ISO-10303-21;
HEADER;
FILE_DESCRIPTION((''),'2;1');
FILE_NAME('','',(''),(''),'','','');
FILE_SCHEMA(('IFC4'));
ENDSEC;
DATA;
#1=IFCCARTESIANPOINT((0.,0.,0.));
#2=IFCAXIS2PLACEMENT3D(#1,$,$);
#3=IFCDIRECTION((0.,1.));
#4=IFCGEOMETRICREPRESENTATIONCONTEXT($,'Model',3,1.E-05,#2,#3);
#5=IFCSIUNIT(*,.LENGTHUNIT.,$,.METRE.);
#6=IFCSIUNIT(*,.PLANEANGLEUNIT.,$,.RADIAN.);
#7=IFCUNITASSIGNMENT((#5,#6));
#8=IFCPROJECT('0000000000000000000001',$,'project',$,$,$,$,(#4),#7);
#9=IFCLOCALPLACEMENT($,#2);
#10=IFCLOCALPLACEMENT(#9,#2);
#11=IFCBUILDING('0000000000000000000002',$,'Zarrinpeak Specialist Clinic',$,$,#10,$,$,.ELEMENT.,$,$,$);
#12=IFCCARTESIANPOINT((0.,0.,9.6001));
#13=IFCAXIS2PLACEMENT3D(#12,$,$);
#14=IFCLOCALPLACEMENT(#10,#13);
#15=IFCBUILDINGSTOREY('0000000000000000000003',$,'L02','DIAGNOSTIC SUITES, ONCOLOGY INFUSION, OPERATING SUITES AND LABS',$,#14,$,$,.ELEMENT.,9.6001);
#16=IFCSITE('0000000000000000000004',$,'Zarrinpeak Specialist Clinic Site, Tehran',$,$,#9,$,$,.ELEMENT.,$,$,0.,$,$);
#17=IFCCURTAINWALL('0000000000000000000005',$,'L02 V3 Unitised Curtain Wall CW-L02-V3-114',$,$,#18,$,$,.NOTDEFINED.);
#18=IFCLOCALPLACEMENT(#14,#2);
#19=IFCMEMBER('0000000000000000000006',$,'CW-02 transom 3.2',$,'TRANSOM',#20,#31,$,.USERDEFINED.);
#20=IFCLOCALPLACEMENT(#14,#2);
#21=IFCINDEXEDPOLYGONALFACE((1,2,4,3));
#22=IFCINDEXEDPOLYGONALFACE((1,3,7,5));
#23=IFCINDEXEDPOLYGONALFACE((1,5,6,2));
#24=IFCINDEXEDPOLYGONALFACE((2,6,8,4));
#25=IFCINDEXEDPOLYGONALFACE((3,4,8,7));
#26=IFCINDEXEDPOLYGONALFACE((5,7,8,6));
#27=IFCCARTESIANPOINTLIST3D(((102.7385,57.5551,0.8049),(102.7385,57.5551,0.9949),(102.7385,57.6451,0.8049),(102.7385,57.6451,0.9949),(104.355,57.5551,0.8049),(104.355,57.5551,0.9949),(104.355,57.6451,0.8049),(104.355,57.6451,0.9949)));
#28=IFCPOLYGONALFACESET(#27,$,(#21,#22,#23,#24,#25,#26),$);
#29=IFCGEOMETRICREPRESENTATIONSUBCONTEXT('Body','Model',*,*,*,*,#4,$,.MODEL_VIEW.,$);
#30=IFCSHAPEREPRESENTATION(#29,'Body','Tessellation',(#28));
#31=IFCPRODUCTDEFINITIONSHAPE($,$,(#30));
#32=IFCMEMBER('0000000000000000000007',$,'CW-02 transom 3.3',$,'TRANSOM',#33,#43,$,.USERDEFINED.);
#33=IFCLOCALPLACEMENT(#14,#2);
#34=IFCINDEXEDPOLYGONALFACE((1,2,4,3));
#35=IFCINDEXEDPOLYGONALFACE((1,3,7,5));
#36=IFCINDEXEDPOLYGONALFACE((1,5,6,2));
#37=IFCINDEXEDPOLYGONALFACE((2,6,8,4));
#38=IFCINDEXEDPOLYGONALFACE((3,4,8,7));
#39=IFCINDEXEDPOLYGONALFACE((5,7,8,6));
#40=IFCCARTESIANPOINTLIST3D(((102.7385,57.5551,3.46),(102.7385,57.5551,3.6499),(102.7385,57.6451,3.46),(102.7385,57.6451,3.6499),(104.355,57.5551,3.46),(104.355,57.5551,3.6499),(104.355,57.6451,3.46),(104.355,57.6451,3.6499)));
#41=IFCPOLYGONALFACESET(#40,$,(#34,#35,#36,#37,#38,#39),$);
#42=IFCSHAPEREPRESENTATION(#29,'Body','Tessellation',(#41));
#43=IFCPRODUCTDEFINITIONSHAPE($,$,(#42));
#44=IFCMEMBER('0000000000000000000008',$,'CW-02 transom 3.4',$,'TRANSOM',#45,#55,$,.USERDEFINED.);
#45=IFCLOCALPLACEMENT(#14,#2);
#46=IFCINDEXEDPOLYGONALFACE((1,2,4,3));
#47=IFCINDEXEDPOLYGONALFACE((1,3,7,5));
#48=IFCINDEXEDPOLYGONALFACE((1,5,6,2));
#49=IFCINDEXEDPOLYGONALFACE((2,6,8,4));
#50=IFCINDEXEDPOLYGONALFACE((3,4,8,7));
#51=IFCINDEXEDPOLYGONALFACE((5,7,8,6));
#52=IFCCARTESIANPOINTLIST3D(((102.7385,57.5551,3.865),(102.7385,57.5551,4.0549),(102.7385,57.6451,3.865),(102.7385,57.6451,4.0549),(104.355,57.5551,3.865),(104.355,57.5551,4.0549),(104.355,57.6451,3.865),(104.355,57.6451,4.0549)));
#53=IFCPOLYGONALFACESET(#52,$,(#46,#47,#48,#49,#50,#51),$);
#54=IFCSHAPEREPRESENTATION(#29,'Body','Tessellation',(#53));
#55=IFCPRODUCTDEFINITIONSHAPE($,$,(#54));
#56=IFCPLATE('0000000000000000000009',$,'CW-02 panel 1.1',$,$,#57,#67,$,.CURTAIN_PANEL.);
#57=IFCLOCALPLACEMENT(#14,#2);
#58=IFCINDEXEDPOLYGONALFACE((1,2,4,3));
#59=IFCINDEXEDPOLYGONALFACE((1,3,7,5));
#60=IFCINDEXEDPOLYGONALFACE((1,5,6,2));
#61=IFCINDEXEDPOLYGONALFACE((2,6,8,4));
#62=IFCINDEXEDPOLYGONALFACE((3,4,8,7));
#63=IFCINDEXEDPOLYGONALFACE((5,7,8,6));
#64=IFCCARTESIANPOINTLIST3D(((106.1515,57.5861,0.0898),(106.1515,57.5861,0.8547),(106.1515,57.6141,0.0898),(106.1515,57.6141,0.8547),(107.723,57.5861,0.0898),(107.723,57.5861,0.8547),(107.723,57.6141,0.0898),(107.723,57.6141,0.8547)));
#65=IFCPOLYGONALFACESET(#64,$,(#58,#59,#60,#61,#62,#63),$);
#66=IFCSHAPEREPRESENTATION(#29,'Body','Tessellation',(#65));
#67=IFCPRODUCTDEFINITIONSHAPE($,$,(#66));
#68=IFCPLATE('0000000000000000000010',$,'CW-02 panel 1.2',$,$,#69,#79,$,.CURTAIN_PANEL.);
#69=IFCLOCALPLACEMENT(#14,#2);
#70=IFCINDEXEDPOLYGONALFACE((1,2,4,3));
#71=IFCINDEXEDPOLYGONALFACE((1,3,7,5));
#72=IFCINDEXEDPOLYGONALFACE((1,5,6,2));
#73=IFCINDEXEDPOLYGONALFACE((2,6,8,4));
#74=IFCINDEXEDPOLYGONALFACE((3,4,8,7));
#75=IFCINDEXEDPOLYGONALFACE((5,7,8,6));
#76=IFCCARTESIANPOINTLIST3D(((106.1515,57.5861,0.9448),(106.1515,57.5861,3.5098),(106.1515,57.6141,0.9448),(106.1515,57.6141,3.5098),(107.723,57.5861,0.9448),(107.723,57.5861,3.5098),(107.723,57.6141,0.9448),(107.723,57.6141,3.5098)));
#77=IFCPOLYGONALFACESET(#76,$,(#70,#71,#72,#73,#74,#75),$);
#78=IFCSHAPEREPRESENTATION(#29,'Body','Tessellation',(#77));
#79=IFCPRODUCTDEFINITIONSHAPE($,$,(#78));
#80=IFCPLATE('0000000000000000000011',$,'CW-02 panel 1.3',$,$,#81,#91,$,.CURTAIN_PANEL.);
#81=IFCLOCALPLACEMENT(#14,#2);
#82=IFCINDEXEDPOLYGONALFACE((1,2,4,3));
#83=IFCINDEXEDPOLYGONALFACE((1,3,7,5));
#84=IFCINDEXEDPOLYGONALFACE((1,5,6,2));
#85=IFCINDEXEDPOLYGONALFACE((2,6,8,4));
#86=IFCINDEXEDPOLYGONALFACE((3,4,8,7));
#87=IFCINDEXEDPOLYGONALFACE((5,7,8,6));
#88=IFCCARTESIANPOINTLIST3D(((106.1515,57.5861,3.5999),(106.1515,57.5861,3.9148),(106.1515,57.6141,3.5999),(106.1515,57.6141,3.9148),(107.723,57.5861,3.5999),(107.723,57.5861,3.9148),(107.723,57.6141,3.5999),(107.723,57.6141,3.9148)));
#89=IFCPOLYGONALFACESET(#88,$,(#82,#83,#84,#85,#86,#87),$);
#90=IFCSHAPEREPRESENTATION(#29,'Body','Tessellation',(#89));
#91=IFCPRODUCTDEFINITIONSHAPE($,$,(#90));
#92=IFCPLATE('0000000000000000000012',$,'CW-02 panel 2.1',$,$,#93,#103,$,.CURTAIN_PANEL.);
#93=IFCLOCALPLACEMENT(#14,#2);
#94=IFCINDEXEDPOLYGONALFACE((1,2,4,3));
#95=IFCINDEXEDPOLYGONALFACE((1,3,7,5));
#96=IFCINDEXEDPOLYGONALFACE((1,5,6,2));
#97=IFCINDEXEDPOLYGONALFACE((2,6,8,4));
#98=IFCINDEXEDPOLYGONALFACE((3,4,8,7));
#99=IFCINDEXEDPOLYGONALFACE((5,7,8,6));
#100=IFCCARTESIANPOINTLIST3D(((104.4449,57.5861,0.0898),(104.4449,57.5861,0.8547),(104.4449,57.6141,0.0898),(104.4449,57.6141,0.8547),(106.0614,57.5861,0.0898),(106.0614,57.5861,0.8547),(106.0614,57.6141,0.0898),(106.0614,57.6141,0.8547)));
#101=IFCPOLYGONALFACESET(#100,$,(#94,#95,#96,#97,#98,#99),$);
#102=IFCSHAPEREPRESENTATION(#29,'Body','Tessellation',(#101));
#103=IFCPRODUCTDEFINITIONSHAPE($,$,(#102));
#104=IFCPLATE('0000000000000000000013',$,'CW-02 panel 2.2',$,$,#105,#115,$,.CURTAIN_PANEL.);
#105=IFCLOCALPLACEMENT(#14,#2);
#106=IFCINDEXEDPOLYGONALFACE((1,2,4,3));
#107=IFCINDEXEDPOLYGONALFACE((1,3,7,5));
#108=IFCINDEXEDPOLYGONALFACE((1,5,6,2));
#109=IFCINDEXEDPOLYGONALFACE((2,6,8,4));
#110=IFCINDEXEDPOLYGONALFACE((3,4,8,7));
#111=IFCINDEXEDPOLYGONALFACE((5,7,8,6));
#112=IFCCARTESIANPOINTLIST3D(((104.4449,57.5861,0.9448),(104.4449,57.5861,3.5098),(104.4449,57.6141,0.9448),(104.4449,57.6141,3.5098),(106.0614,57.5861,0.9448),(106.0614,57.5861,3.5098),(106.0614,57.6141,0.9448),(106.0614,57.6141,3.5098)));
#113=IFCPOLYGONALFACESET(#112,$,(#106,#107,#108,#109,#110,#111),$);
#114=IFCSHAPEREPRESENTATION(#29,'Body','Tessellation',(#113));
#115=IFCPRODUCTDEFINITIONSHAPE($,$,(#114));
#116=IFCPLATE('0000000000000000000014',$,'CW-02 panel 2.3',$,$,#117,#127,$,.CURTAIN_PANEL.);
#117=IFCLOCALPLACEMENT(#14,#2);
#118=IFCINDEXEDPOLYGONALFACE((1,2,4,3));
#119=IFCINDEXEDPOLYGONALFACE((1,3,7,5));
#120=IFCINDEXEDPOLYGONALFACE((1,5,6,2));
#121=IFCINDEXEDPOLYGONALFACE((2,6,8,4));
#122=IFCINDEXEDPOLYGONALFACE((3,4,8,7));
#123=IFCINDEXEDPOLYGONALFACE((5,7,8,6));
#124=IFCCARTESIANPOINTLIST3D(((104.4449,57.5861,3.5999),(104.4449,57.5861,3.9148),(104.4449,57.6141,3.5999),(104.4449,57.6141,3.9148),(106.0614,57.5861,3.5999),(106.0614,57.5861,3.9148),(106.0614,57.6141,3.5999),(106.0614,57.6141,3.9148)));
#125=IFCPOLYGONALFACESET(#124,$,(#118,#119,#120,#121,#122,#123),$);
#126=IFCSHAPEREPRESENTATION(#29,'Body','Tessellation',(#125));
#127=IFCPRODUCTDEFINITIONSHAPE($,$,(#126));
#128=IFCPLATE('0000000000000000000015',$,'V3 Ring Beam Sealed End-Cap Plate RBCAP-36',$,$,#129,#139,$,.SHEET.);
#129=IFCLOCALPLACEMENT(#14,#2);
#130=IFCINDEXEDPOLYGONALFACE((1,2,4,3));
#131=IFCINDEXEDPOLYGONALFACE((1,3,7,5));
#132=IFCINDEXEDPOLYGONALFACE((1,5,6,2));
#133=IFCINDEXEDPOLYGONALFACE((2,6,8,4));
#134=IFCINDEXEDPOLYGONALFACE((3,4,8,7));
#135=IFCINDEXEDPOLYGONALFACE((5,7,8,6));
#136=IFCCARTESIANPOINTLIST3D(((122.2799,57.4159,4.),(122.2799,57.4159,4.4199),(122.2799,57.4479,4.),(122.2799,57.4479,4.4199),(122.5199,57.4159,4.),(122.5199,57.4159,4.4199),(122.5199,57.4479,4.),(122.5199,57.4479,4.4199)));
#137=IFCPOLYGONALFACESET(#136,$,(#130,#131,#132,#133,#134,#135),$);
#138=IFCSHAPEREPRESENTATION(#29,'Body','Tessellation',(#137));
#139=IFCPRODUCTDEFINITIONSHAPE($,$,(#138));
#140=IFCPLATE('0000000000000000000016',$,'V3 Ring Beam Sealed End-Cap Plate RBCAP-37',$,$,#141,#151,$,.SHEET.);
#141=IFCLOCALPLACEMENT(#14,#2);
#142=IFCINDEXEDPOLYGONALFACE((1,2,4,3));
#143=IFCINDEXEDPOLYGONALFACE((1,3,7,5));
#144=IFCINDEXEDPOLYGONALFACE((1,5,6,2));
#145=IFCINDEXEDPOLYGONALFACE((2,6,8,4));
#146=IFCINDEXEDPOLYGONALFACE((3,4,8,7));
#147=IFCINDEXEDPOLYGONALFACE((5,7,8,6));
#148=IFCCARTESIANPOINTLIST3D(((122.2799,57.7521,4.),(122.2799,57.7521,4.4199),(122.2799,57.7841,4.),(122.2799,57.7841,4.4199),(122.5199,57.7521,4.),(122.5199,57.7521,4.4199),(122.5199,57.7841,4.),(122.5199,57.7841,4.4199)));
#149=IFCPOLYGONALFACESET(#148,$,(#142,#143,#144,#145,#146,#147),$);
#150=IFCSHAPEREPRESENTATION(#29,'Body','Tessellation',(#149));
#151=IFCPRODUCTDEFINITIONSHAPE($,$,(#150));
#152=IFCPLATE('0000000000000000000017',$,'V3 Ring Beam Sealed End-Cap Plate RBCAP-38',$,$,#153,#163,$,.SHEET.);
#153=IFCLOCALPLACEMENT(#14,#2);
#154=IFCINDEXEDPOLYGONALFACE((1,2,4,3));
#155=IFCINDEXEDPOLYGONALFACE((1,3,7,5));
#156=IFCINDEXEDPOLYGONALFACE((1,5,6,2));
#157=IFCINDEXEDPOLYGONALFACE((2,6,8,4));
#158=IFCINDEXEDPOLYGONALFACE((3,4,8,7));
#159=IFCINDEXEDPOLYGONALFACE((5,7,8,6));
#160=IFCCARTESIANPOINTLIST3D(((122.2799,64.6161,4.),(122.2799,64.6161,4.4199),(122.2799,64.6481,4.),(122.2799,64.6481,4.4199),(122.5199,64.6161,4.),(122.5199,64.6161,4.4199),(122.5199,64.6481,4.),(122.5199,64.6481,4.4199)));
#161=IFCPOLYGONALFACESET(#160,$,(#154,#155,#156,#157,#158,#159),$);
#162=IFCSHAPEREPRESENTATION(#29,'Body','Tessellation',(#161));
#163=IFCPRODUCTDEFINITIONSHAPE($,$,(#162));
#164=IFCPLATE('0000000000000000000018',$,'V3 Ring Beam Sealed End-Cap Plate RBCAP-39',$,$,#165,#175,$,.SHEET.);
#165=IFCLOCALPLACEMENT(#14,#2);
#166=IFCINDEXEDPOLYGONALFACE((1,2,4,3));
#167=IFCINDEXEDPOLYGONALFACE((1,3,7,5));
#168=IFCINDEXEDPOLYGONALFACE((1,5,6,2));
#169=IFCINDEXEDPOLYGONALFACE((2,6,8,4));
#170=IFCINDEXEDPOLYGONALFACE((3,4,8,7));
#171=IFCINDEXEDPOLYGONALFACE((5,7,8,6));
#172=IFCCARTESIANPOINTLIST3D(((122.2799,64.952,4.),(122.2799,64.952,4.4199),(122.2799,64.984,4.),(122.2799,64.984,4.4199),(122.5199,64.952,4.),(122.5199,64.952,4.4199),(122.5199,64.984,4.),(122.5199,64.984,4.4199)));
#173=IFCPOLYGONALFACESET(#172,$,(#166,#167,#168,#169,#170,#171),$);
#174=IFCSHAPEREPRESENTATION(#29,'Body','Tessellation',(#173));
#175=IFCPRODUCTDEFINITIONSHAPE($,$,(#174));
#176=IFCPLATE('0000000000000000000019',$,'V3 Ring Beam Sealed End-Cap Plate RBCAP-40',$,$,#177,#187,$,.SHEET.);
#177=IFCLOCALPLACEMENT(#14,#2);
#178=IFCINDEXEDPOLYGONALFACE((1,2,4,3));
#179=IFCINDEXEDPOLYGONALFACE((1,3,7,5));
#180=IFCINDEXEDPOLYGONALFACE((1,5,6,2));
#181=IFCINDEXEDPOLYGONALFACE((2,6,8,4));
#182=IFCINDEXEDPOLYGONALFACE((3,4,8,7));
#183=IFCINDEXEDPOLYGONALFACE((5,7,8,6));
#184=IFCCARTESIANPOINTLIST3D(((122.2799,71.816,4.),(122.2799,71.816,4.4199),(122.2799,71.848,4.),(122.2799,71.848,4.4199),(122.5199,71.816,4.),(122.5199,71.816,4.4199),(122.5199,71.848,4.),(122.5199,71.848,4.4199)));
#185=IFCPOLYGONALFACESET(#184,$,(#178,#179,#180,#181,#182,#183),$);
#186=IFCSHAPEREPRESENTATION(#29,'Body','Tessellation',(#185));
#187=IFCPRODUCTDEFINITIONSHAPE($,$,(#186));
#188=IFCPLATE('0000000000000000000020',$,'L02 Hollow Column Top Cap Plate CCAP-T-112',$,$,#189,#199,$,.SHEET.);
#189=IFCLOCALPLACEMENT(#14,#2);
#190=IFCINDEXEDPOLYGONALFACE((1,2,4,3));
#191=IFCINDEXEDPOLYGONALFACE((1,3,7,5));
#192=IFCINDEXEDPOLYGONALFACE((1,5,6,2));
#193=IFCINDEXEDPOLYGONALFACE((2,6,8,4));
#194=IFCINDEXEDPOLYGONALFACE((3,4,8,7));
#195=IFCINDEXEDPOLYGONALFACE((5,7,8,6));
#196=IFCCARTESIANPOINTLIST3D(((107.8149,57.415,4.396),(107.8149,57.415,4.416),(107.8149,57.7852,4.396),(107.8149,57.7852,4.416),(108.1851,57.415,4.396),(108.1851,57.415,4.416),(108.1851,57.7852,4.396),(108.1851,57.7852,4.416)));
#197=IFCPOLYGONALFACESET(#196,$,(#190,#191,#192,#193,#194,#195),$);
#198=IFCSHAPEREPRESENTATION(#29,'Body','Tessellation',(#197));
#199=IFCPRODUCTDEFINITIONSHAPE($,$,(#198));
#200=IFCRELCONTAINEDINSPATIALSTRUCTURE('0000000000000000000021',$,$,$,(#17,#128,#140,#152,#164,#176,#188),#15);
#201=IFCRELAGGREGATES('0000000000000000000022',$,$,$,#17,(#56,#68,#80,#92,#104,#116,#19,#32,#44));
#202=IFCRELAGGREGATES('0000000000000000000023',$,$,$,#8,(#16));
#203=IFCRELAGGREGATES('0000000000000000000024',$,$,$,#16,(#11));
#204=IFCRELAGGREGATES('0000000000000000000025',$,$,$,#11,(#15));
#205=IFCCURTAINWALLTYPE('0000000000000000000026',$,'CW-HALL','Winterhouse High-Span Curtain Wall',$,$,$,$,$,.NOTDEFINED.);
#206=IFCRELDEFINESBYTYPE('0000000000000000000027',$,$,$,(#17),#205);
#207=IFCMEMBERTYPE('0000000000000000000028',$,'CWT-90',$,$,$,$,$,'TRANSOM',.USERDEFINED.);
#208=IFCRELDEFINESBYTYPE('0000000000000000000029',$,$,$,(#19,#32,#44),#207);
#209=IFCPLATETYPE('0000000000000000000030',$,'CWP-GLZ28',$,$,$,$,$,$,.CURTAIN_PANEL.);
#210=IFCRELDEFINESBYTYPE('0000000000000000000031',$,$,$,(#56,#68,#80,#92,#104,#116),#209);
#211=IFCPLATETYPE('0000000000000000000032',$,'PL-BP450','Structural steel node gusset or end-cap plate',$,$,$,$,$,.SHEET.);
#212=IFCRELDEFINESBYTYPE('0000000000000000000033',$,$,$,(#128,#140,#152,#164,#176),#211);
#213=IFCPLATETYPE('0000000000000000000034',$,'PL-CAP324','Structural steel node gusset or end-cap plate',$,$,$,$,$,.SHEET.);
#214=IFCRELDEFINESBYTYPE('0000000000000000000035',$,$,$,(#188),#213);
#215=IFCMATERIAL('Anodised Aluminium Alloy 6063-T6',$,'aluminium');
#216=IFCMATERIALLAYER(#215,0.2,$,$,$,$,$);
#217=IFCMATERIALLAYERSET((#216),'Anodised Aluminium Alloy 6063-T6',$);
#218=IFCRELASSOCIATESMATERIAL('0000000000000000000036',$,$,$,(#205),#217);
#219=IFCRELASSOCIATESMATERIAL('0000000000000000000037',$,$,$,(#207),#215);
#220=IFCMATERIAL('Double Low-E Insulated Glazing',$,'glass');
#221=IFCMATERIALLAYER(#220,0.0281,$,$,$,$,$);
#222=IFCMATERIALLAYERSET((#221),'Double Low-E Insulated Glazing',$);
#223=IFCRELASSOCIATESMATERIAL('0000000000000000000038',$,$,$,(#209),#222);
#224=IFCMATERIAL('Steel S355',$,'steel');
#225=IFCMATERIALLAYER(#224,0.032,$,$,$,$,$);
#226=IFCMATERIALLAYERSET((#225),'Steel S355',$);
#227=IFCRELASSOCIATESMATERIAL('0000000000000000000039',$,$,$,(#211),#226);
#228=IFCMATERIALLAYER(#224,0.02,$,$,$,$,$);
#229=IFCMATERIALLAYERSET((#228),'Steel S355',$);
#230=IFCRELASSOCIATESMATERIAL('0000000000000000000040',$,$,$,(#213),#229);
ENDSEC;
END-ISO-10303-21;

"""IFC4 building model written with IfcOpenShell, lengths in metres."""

from ifc_helpers import new_model, si_unit, direction, frame, origin, origin_2d, place, context, subcontext, project, spatial, rectangle, extrude, material, layer, layer_set, material_profile, profile_set, type_object, element, aggregate, save


model = new_model("IFC4")

# Units and contexts
model_context = context("Model", 3, precision=1e-05, world=origin(), true_north=direction((0.0, 1.0)))
body_context = subcontext(model_context, "Body", "Model", "MODEL_VIEW")
ifc_project = project(units=[si_unit("LENGTHUNIT", "METRE"), si_unit("PLANEANGLEUNIT", "RADIAN")], contexts=[model_context])

# Site, building, storey
site_placement = place(None, origin())
site = spatial("IfcSite", under=ifc_project, at=site_placement, Name="Zarrinpeak Specialist Clinic Site, Tehran", CompositionType="ELEMENT", RefElevation=0.0)
building_placement = place(site_placement, origin())
building = spatial("IfcBuilding", under=site, at=building_placement, Name="Zarrinpeak Specialist Clinic", CompositionType="ELEMENT")
storey_placement = place(building_placement, frame((0.0, 0.0, 9.6001)))
storey = spatial("IfcBuildingStorey", under=building, at=storey_placement, Name="L02", Description="DIAGNOSTIC SUITES, ONCOLOGY INFUSION, OPERATING SUITES AND LABS", CompositionType="ELEMENT", Elevation=9.6001)

# Shared definitions
ifc_material_1 = material(Name="Steel S355", Category="steel")

# Curtain wall
ifc_material_2 = material(Name="Anodised Aluminium Alloy 6063-T6", Category="aluminium")
ifc_layer_1 = layer(ifc_material_2, 0.2)
ifc_layer_set_1 = layer_set([ifc_layer_1], Name="Anodised Aluminium Alloy 6063-T6")
curtain_wall_type = type_object("IfcCurtainWallType", Name="CW-HALL", Description="Winterhouse High-Span Curtain Wall", PredefinedType="NOTDEFINED", material=ifc_layer_set_1)
curtain_wall_1_placement = place(storey_placement, origin())
curtain_wall_1 = element("IfcCurtainWall", 1, at=curtain_wall_1_placement, inside=storey, type_object=curtain_wall_type, Name="L02 V3 Unitised Curtain Wall CW-L02-V3-114", PredefinedType="NOTDEFINED")

# Members
ifc_material_profile_1 = material_profile(ifc_material_2, rectangle(XDim=0.0901, YDim=0.1899, at=origin_2d()), Name="ALU 90x190")
ifc_profile_set_1 = profile_set([ifc_material_profile_1], Name="Anodised Aluminium Alloy 6063-T6")
member_type_1 = type_object("IfcMemberType", Name="CWT-90", ElementType="TRANSOM", PredefinedType="USERDEFINED", material=ifc_profile_set_1)
member_1_placement = place(storey_placement, frame((104.355, 57.6001, 0.8999), z_axis=(-1.0, 0.0, 0.0), x_axis=(0.0, -1.0, 0.0)))
member_1 = element("IfcMember", 2, at=member_1_placement, type_object=member_type_1, Name="CW-02 transom 3.2", ObjectType="TRANSOM", PredefinedType="USERDEFINED", context=body_context, shape_type="SweptSolid", body=[
    extrude(rectangle(XDim=0.0901, YDim=0.1899, at=origin_2d()), origin(), (0.0, 0.0, 1.0), 1.6165),
])
member_2_placement = place(storey_placement, frame((104.355, 57.6001, 3.5549), z_axis=(-1.0, 0.0, 0.0), x_axis=(0.0, -1.0, 0.0)))
member_2 = element("IfcMember", 3, at=member_2_placement, type_object=member_type_1, Name="CW-02 transom 3.3", ObjectType="TRANSOM", PredefinedType="USERDEFINED", context=body_context, shape_type="SweptSolid", body=[
    extrude(rectangle(XDim=0.0901, YDim=0.1899, at=origin_2d()), origin(), (0.0, 0.0, 1.0), 1.6165),
])
member_3_placement = place(storey_placement, frame((104.355, 57.6001, 3.96), z_axis=(-1.0, 0.0, 0.0), x_axis=(0.0, -1.0, 0.0)))
member_3 = element("IfcMember", 4, at=member_3_placement, type_object=member_type_1, Name="CW-02 transom 3.4", ObjectType="TRANSOM", PredefinedType="USERDEFINED", context=body_context, shape_type="SweptSolid", body=[
    extrude(rectangle(XDim=0.0901, YDim=0.1899, at=origin_2d()), origin(), (0.0, 0.0, 1.0), 1.6165),
])

# Plates
ifc_material_3 = material(Name="Double Low-E Insulated Glazing", Category="glass")
ifc_layer_2 = layer(ifc_material_3, 0.0281)
ifc_layer_set_2 = layer_set([ifc_layer_2], Name="Double Low-E Insulated Glazing")
plate_type_1 = type_object("IfcPlateType", Name="CWP-GLZ28", PredefinedType="CURTAIN_PANEL", material=ifc_layer_set_2)
plate_1_placement = place(storey_placement, frame((106.9373, 57.6001, 0.0898), z_axis=(0.0, 0.0, 1.0), x_axis=(-1.0, 0.0, 0.0)))
plate_1 = element("IfcPlate", 5, at=plate_1_placement, type_object=plate_type_1, Name="CW-02 panel 1.1", PredefinedType="CURTAIN_PANEL", context=body_context, shape_type="SweptSolid", body=[
    extrude(rectangle(XDim=1.5715, YDim=0.0281, at=origin_2d()), origin(), (0.0, 0.0, 1.0), 0.7649),
])
plate_2_placement = place(storey_placement, frame((106.9373, 57.6001, 0.9448), z_axis=(0.0, 0.0, 1.0), x_axis=(-1.0, 0.0, 0.0)))
plate_2 = element("IfcPlate", 6, at=plate_2_placement, type_object=plate_type_1, Name="CW-02 panel 1.2", PredefinedType="CURTAIN_PANEL", context=body_context, shape_type="SweptSolid", body=[
    extrude(rectangle(XDim=1.5715, YDim=0.0281, at=origin_2d()), origin(), (0.0, 0.0, 1.0), 2.5649),
])
plate_3_placement = place(storey_placement, frame((106.9373, 57.6001, 3.5999), z_axis=(0.0, 0.0, 1.0), x_axis=(-1.0, 0.0, 0.0)))
plate_3 = element("IfcPlate", 7, at=plate_3_placement, type_object=plate_type_1, Name="CW-02 panel 1.3", PredefinedType="CURTAIN_PANEL", context=body_context, shape_type="SweptSolid", body=[
    extrude(rectangle(XDim=1.5715, YDim=0.0281, at=origin_2d()), origin(), (0.0, 0.0, 1.0), 0.3149),
])
plate_4_placement = place(storey_placement, frame((105.2532, 57.6001, 0.0898), z_axis=(0.0, 0.0, 1.0), x_axis=(-1.0, 0.0, 0.0)))
plate_4 = element("IfcPlate", 8, at=plate_4_placement, type_object=plate_type_1, Name="CW-02 panel 2.1", PredefinedType="CURTAIN_PANEL", context=body_context, shape_type="SweptSolid", body=[
    extrude(rectangle(XDim=1.6165, YDim=0.0281, at=origin_2d()), origin(), (0.0, 0.0, 1.0), 0.7649),
])
plate_5_placement = place(storey_placement, frame((105.2532, 57.6001, 0.9448), z_axis=(0.0, 0.0, 1.0), x_axis=(-1.0, 0.0, 0.0)))
plate_5 = element("IfcPlate", 9, at=plate_5_placement, type_object=plate_type_1, Name="CW-02 panel 2.2", PredefinedType="CURTAIN_PANEL", context=body_context, shape_type="SweptSolid", body=[
    extrude(rectangle(XDim=1.6165, YDim=0.0281, at=origin_2d()), origin(), (0.0, 0.0, 1.0), 2.5649),
])
plate_6_placement = place(storey_placement, frame((105.2532, 57.6001, 3.5999), z_axis=(0.0, 0.0, 1.0), x_axis=(-1.0, 0.0, 0.0)))
plate_6 = element("IfcPlate", 10, at=plate_6_placement, type_object=plate_type_1, Name="CW-02 panel 2.3", PredefinedType="CURTAIN_PANEL", context=body_context, shape_type="SweptSolid", body=[
    extrude(rectangle(XDim=1.6165, YDim=0.0281, at=origin_2d()), origin(), (0.0, 0.0, 1.0), 0.3149),
])
aggregate(curtain_wall_1, [plate_1, plate_2, plate_3, plate_4, plate_5, plate_6, member_1, member_2, member_3])

# Plates
ifc_layer_3 = layer(ifc_material_1, 0.032)
ifc_layer_set_3 = layer_set([ifc_layer_3], Name="Steel S355")
plate_type_2 = type_object("IfcPlateType", Name="PL-BP450", Description="Structural steel node gusset or end-cap plate", PredefinedType="SHEET", material=ifc_layer_set_3)
for number, where, z_axis, x_axis, name in (
    (11, (122.3999, 57.4319, 4.0), (0.0, 0.0, 1.0), (1.0, 0.0, 0.0), "V3 Ring Beam Sealed End-Cap Plate RBCAP-36"),
    (12, (122.3999, 57.7681, 4.0), (0.0, 0.0, 1.0), (1.0, 0.0, 0.0), "V3 Ring Beam Sealed End-Cap Plate RBCAP-37"),
    (13, (122.3999, 64.6321, 4.0), (0.0, 0.0, 1.0), (1.0, 0.0, 0.0), "V3 Ring Beam Sealed End-Cap Plate RBCAP-38"),
    (14, (122.3999, 64.968, 4.0), (0.0, 0.0, 1.0), (1.0, 0.0, 0.0), "V3 Ring Beam Sealed End-Cap Plate RBCAP-39"),
    (15, (122.3999, 71.832, 4.0), (0.0, 0.0, 1.0), (1.0, 0.0, 0.0), "V3 Ring Beam Sealed End-Cap Plate RBCAP-40"),
):
    element("IfcPlate", number, at=place(storey_placement, frame(where, z_axis=z_axis, x_axis=x_axis)), inside=storey, type_object=plate_type_2, Name=name, PredefinedType="SHEET", context=body_context, shape_type="SweptSolid", body=[
        extrude(rectangle(XDim=0.24, YDim=0.032, at=origin_2d()), origin(), (0.0, 0.0, 1.0), 0.4199),
    ])
ifc_layer_4 = layer(ifc_material_1, 0.02)
ifc_layer_set_4 = layer_set([ifc_layer_4], Name="Steel S355")
plate_type_3 = type_object("IfcPlateType", Name="PL-CAP324", Description="Structural steel node gusset or end-cap plate", PredefinedType="SHEET", material=ifc_layer_set_4)
plate_7_placement = place(storey_placement, frame((108.0, 57.6001, 4.396), z_axis=(0.0, 0.0, 1.0), x_axis=(1.0, 0.0, 0.0)))
element("IfcPlate", 16, at=plate_7_placement, inside=storey, type_object=plate_type_3, Name="L02 Hollow Column Top Cap Plate CCAP-T-112", PredefinedType="SHEET", context=body_context, shape_type="SweptSolid", body=[
    extrude(rectangle(XDim=0.3701, YDim=0.3701, at=origin_2d()), origin(), (0.0, 0.0, 1.0), 0.02),
])

save(model, "model.ifc")
